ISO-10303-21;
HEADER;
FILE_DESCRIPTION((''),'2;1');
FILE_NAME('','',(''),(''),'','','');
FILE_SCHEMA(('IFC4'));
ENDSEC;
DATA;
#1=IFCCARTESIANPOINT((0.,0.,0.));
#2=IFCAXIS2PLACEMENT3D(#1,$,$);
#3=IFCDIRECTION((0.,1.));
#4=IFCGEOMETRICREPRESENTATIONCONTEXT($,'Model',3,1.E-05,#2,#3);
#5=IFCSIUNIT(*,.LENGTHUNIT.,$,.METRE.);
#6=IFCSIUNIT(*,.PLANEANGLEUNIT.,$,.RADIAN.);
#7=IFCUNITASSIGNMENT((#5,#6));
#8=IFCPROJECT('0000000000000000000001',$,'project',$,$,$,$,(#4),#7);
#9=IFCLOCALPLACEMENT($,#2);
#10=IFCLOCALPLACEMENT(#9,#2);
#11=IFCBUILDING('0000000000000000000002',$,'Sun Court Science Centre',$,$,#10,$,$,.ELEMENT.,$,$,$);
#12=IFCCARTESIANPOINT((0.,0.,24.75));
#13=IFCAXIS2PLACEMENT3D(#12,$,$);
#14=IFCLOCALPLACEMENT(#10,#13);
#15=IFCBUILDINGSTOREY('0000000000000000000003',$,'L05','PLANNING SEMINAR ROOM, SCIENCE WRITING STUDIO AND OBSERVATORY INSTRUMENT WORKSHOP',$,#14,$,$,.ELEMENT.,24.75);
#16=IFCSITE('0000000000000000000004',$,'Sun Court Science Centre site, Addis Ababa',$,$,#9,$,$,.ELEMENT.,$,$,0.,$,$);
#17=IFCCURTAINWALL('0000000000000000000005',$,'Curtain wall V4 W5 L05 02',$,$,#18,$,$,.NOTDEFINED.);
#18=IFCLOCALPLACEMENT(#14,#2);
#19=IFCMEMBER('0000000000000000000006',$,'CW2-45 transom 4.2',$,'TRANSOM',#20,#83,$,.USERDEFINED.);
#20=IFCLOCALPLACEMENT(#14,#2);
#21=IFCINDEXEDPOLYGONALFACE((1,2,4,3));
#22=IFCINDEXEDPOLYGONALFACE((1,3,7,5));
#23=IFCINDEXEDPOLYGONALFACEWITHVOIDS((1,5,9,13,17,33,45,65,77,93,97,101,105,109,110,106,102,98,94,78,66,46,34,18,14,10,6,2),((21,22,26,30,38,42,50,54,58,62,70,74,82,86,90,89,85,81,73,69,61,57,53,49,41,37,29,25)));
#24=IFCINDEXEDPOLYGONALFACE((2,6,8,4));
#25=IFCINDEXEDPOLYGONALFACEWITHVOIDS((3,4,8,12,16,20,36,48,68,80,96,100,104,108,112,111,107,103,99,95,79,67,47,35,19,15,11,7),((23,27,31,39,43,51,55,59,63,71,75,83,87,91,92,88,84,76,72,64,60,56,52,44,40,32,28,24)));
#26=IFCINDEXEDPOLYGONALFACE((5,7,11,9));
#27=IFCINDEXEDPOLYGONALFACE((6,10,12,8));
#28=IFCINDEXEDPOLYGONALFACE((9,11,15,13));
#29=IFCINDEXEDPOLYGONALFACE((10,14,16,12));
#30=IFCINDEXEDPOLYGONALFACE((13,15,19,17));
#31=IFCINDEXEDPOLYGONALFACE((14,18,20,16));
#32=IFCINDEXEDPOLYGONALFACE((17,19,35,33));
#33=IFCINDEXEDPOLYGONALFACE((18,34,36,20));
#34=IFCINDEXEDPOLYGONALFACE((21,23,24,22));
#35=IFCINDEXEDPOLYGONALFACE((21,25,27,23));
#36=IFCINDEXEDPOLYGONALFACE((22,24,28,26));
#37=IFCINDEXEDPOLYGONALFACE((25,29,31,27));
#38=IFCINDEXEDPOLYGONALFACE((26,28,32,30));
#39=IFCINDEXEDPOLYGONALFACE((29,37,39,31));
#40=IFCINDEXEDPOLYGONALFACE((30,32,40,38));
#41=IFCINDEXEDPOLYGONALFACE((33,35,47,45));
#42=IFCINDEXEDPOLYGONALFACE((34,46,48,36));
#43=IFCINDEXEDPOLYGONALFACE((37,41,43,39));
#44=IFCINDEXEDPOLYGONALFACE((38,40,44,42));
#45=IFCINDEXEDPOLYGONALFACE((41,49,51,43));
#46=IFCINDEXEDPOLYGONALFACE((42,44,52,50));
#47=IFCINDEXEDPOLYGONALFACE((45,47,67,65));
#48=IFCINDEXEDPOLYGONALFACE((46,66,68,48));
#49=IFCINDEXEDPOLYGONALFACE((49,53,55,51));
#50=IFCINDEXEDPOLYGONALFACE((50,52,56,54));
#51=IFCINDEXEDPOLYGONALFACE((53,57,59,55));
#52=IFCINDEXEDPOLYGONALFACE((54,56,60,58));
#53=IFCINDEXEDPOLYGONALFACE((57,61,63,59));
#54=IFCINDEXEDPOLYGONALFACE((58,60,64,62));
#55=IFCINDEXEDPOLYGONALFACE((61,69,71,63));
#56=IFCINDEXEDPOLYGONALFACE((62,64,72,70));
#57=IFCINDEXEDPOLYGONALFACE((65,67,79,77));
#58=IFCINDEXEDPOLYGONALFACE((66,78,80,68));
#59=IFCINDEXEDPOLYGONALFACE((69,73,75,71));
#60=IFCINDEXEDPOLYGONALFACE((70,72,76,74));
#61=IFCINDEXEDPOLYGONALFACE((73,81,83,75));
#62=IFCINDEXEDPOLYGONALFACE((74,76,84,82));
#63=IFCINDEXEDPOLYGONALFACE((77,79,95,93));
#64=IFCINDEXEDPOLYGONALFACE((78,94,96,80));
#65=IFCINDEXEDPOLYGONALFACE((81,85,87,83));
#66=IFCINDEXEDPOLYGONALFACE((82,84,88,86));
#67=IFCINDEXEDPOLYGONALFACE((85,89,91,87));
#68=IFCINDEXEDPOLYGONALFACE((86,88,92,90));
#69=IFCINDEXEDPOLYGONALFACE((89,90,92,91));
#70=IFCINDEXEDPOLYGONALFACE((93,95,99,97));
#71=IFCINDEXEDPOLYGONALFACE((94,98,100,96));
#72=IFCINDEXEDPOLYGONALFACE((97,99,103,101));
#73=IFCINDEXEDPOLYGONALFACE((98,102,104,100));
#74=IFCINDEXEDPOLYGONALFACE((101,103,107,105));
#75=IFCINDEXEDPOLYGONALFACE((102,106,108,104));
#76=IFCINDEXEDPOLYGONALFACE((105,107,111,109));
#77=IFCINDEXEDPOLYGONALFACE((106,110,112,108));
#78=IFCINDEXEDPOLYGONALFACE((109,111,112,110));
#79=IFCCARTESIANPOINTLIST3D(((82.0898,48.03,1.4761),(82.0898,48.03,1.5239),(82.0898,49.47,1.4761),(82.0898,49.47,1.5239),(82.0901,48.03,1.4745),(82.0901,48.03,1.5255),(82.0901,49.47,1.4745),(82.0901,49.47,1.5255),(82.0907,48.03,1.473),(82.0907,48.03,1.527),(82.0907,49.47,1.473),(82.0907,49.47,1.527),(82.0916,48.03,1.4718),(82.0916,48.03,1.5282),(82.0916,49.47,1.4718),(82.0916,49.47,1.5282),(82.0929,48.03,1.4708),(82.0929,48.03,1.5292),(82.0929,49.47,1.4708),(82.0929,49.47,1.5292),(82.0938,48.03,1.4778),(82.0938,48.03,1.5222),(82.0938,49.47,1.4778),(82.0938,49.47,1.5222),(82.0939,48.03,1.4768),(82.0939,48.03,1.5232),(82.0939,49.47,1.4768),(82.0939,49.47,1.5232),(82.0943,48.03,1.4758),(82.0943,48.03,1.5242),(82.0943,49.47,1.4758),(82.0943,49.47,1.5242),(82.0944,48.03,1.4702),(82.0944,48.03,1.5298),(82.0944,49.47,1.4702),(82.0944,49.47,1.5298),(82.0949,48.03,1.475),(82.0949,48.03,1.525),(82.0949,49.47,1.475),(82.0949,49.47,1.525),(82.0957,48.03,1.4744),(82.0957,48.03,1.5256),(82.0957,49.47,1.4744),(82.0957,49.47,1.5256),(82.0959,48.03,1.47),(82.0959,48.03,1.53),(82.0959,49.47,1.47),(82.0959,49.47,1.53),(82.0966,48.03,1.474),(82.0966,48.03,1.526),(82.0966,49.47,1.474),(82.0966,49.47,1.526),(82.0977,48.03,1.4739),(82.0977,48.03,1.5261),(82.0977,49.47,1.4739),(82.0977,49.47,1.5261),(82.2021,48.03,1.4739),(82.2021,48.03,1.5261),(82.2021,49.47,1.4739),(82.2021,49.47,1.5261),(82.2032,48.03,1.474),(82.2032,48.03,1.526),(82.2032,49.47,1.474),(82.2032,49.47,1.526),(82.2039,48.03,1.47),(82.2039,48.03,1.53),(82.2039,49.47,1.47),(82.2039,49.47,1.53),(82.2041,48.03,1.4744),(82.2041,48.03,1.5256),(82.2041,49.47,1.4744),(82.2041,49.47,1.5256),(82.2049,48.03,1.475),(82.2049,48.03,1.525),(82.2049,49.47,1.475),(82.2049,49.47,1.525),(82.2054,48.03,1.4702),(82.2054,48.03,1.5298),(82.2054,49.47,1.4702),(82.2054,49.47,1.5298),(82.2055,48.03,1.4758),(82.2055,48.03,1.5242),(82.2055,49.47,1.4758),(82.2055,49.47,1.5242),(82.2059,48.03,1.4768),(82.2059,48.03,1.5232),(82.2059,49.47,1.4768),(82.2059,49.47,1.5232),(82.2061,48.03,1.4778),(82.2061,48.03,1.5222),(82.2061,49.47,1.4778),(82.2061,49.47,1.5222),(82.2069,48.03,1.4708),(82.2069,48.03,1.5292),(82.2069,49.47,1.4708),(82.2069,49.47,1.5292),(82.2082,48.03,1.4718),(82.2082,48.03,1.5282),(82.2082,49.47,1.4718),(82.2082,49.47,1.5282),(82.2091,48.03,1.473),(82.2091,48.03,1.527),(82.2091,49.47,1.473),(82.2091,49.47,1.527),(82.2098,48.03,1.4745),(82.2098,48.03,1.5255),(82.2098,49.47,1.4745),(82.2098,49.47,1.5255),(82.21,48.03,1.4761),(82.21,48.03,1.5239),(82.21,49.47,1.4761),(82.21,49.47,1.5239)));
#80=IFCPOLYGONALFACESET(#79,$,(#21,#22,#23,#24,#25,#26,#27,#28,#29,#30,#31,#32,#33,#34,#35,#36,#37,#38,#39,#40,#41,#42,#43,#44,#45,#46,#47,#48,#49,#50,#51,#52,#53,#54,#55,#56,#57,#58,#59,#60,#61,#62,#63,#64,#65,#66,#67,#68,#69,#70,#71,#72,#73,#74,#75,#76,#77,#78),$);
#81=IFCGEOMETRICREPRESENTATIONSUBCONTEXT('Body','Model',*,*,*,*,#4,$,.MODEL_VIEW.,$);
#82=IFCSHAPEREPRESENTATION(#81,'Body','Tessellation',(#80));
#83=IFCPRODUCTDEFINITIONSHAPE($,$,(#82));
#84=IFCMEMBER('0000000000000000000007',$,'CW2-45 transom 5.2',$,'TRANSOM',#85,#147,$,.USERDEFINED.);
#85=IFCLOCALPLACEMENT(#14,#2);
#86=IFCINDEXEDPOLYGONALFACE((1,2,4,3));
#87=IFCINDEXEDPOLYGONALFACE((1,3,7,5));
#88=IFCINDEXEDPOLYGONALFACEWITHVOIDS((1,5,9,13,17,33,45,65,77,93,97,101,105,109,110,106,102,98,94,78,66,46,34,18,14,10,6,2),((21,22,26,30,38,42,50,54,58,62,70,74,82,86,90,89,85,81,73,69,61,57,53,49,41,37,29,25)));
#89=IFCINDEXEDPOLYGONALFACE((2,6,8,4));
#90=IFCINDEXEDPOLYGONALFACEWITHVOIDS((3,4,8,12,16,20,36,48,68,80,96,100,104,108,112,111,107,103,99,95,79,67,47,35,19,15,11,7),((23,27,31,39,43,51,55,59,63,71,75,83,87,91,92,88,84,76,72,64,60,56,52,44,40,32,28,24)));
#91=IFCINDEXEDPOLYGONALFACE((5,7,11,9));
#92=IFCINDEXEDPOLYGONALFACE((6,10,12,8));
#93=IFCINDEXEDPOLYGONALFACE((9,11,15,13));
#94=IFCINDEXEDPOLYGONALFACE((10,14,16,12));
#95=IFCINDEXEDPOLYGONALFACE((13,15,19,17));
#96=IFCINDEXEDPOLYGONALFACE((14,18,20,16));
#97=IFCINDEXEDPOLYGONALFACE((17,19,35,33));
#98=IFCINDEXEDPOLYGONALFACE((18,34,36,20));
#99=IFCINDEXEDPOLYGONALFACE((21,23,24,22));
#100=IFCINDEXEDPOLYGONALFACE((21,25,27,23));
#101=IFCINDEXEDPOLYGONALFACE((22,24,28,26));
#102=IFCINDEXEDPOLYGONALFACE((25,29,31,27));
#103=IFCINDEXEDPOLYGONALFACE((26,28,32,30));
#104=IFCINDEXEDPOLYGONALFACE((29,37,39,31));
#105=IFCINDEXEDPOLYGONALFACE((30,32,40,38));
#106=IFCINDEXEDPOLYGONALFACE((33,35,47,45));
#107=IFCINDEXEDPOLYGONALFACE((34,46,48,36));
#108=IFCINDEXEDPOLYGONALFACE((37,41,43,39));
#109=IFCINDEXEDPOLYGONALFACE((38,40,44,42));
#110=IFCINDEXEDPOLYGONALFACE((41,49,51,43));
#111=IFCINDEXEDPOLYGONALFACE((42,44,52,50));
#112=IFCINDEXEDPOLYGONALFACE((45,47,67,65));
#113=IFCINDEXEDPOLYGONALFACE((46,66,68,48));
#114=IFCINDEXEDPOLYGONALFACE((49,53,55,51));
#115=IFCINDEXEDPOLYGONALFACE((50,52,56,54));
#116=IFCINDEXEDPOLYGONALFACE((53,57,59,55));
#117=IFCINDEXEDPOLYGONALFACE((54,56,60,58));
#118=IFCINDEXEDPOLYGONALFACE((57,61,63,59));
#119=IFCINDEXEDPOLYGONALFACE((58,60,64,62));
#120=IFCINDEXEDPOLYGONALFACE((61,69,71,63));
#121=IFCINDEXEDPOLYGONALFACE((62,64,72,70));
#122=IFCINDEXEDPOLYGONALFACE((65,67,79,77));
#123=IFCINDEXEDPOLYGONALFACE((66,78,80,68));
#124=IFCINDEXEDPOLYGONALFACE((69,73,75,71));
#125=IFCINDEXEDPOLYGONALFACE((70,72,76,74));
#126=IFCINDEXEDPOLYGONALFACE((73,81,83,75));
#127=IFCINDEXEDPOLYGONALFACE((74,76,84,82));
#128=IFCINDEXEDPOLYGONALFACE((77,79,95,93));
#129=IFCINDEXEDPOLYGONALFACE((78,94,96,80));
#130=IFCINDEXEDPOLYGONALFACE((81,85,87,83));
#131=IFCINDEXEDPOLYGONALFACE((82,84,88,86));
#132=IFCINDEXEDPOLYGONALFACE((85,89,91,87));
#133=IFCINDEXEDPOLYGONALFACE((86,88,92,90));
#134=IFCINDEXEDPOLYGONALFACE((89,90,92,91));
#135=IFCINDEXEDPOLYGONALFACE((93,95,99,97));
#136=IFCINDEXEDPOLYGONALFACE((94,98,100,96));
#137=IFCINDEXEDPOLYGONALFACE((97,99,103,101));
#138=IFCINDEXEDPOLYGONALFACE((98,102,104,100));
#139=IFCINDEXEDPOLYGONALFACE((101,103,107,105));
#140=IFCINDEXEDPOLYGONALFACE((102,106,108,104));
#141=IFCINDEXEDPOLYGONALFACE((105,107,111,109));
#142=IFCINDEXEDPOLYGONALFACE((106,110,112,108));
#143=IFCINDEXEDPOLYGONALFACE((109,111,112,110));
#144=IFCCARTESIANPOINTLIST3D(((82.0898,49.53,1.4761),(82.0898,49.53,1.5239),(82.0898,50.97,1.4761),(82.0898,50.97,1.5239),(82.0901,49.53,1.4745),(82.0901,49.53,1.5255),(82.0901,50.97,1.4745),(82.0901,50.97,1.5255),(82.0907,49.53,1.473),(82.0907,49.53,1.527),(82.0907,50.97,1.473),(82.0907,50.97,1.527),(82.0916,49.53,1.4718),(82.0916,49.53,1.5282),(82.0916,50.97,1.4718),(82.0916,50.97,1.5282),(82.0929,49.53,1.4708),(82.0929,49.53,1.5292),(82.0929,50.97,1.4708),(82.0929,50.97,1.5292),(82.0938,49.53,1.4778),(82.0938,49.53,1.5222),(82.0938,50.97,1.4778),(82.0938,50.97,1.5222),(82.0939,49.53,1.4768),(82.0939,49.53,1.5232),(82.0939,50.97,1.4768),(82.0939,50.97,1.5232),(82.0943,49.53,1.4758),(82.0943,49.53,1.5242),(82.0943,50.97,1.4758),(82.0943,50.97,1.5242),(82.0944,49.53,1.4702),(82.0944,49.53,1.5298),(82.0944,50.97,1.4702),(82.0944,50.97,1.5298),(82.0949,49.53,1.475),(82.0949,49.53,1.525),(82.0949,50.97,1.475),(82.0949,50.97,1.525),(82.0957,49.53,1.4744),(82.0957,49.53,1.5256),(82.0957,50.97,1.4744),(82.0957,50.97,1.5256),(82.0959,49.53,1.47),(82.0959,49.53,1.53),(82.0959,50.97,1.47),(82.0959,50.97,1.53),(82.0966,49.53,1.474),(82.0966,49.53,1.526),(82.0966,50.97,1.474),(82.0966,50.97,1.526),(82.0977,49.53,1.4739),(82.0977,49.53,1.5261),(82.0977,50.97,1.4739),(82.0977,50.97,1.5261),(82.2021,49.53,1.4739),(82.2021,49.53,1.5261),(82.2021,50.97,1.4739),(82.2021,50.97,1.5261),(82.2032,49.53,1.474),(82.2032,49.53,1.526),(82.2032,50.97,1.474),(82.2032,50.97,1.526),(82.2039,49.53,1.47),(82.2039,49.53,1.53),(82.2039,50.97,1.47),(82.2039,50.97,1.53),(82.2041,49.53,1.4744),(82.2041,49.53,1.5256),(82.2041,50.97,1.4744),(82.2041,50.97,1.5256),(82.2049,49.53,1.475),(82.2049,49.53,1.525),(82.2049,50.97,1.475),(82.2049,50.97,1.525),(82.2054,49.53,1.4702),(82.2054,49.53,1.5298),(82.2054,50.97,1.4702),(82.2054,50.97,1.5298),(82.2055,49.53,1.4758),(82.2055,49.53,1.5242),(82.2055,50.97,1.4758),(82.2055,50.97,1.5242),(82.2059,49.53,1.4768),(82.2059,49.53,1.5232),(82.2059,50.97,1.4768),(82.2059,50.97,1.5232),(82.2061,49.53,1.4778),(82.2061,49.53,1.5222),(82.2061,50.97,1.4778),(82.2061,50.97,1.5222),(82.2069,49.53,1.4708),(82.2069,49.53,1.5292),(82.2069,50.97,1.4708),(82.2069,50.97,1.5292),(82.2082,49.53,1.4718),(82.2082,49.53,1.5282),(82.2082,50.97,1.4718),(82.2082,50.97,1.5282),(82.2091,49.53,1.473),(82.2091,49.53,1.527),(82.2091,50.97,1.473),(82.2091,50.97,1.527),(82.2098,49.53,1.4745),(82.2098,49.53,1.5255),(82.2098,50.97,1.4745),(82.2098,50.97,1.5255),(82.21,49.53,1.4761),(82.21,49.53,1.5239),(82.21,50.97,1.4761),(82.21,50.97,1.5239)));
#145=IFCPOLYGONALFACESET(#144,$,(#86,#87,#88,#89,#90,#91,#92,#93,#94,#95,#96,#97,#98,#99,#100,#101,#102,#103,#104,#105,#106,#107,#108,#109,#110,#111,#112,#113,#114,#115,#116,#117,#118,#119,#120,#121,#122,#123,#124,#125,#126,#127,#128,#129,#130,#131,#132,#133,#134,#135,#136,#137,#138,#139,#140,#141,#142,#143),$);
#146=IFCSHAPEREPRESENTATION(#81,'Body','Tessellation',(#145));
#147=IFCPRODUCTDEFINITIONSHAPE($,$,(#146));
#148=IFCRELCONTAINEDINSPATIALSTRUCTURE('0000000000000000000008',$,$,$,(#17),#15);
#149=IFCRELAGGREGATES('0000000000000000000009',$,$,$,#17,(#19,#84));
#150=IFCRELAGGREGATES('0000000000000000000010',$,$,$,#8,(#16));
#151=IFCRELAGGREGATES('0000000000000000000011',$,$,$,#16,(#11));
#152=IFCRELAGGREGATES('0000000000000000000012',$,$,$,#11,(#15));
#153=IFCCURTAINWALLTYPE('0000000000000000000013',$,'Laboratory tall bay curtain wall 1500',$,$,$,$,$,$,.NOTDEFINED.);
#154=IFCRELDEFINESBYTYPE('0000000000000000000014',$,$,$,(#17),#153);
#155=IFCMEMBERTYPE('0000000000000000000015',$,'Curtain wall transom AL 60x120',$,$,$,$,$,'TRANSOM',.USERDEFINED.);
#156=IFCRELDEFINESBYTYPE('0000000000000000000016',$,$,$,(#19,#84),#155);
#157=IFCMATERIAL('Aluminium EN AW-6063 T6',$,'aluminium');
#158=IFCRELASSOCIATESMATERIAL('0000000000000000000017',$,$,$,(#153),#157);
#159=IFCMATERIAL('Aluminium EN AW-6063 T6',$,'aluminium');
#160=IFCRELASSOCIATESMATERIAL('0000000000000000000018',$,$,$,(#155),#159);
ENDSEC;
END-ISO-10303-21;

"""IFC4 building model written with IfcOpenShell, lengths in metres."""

from ifc_helpers import new_model, si_unit, direction, frame, origin, origin_2d, place, context, subcontext, project, spatial, hollow_rectangle, extrude, material, material_profile, profile_set, type_object, element, aggregate, save


model = new_model("IFC4")

# Units and contexts
model_context = context("Model", 3, precision=1e-05, world=origin(), true_north=direction((0.0, 1.0)))
body_context = subcontext(model_context, "Body", "Model", "MODEL_VIEW")
ifc_project = project(units=[si_unit("LENGTHUNIT", "METRE"), si_unit("PLANEANGLEUNIT", "RADIAN")], contexts=[model_context])

# Site, building, storey
site_placement = place(None, origin())
site = spatial("IfcSite", under=ifc_project, at=site_placement, Name="Sun Court Science Centre site, Addis Ababa", CompositionType="ELEMENT", RefElevation=0.0)
building_placement = place(site_placement, origin())
building = spatial("IfcBuilding", under=site, at=building_placement, Name="Sun Court Science Centre", CompositionType="ELEMENT")
storey_placement = place(building_placement, frame((0.0, 0.0, 24.75)))
storey = spatial("IfcBuildingStorey", under=building, at=storey_placement, Name="L05", Description="PLANNING SEMINAR ROOM, SCIENCE WRITING STUDIO AND OBSERVATORY INSTRUMENT WORKSHOP", CompositionType="ELEMENT", Elevation=24.75)

# Curtain wall, members
ifc_material_1 = material(Name="Aluminium EN AW-6063 T6", Category="aluminium")
curtain_wall_type = type_object("IfcCurtainWallType", Name="Laboratory tall bay curtain wall 1500", PredefinedType="NOTDEFINED", material=ifc_material_1)
curtain_wall_placement = place(storey_placement, origin())
curtain_wall = element("IfcCurtainWall", 1, at=curtain_wall_placement, inside=storey, type_object=curtain_wall_type, Name="Curtain wall V4 W5 L05 02", PredefinedType="NOTDEFINED")
ifc_material_2 = material(Name="Aluminium EN AW-6063 T6", Category="aluminium")
ifc_material_profile_1 = material_profile(ifc_material_2, hollow_rectangle(XDim=0.0601, YDim=0.1201, WallThickness=0.0039, InnerFilletRadius=0.0039, OuterFilletRadius=0.0061, at=origin_2d()), Name="AL 60x120x4")
ifc_profile_set_1 = profile_set([ifc_material_profile_1], Name="Aluminium EN AW-6063 T6")
member_type_1 = type_object("IfcMemberType", Name="Curtain wall transom AL 60x120", ElementType="TRANSOM", PredefinedType="USERDEFINED", material=ifc_profile_set_1)
member_1_placement = place(storey_placement, frame((82.1499, 48.03, 1.5), z_axis=(0.0, 1.0, 0.0), x_axis=(0.0, 0.0, 1.0)))
member_1 = element("IfcMember", 2, at=member_1_placement, type_object=member_type_1, Name="CW2-45 transom 4.2", ObjectType="TRANSOM", PredefinedType="USERDEFINED", context=body_context, shape_type="SweptSolid", body=[
    extrude(hollow_rectangle(XDim=0.0601, YDim=0.1201, WallThickness=0.0039, InnerFilletRadius=0.0039, OuterFilletRadius=0.0061, at=origin_2d()), origin(), (0.0, 0.0, 1.0), 1.4399),
])
member_2_placement = place(storey_placement, frame((82.1499, 49.53, 1.5), z_axis=(0.0, 1.0, 0.0), x_axis=(0.0, 0.0, 1.0)))
member_2 = element("IfcMember", 3, at=member_2_placement, type_object=member_type_1, Name="CW2-45 transom 5.2", ObjectType="TRANSOM", PredefinedType="USERDEFINED", context=body_context, shape_type="SweptSolid", body=[
    extrude(hollow_rectangle(XDim=0.0601, YDim=0.1201, WallThickness=0.0039, InnerFilletRadius=0.0039, OuterFilletRadius=0.0061, at=origin_2d()), origin(), (0.0, 0.0, 1.0), 1.4399),
])

aggregate(curtain_wall, [member_1, member_2])

save(model, "model.ifc")
